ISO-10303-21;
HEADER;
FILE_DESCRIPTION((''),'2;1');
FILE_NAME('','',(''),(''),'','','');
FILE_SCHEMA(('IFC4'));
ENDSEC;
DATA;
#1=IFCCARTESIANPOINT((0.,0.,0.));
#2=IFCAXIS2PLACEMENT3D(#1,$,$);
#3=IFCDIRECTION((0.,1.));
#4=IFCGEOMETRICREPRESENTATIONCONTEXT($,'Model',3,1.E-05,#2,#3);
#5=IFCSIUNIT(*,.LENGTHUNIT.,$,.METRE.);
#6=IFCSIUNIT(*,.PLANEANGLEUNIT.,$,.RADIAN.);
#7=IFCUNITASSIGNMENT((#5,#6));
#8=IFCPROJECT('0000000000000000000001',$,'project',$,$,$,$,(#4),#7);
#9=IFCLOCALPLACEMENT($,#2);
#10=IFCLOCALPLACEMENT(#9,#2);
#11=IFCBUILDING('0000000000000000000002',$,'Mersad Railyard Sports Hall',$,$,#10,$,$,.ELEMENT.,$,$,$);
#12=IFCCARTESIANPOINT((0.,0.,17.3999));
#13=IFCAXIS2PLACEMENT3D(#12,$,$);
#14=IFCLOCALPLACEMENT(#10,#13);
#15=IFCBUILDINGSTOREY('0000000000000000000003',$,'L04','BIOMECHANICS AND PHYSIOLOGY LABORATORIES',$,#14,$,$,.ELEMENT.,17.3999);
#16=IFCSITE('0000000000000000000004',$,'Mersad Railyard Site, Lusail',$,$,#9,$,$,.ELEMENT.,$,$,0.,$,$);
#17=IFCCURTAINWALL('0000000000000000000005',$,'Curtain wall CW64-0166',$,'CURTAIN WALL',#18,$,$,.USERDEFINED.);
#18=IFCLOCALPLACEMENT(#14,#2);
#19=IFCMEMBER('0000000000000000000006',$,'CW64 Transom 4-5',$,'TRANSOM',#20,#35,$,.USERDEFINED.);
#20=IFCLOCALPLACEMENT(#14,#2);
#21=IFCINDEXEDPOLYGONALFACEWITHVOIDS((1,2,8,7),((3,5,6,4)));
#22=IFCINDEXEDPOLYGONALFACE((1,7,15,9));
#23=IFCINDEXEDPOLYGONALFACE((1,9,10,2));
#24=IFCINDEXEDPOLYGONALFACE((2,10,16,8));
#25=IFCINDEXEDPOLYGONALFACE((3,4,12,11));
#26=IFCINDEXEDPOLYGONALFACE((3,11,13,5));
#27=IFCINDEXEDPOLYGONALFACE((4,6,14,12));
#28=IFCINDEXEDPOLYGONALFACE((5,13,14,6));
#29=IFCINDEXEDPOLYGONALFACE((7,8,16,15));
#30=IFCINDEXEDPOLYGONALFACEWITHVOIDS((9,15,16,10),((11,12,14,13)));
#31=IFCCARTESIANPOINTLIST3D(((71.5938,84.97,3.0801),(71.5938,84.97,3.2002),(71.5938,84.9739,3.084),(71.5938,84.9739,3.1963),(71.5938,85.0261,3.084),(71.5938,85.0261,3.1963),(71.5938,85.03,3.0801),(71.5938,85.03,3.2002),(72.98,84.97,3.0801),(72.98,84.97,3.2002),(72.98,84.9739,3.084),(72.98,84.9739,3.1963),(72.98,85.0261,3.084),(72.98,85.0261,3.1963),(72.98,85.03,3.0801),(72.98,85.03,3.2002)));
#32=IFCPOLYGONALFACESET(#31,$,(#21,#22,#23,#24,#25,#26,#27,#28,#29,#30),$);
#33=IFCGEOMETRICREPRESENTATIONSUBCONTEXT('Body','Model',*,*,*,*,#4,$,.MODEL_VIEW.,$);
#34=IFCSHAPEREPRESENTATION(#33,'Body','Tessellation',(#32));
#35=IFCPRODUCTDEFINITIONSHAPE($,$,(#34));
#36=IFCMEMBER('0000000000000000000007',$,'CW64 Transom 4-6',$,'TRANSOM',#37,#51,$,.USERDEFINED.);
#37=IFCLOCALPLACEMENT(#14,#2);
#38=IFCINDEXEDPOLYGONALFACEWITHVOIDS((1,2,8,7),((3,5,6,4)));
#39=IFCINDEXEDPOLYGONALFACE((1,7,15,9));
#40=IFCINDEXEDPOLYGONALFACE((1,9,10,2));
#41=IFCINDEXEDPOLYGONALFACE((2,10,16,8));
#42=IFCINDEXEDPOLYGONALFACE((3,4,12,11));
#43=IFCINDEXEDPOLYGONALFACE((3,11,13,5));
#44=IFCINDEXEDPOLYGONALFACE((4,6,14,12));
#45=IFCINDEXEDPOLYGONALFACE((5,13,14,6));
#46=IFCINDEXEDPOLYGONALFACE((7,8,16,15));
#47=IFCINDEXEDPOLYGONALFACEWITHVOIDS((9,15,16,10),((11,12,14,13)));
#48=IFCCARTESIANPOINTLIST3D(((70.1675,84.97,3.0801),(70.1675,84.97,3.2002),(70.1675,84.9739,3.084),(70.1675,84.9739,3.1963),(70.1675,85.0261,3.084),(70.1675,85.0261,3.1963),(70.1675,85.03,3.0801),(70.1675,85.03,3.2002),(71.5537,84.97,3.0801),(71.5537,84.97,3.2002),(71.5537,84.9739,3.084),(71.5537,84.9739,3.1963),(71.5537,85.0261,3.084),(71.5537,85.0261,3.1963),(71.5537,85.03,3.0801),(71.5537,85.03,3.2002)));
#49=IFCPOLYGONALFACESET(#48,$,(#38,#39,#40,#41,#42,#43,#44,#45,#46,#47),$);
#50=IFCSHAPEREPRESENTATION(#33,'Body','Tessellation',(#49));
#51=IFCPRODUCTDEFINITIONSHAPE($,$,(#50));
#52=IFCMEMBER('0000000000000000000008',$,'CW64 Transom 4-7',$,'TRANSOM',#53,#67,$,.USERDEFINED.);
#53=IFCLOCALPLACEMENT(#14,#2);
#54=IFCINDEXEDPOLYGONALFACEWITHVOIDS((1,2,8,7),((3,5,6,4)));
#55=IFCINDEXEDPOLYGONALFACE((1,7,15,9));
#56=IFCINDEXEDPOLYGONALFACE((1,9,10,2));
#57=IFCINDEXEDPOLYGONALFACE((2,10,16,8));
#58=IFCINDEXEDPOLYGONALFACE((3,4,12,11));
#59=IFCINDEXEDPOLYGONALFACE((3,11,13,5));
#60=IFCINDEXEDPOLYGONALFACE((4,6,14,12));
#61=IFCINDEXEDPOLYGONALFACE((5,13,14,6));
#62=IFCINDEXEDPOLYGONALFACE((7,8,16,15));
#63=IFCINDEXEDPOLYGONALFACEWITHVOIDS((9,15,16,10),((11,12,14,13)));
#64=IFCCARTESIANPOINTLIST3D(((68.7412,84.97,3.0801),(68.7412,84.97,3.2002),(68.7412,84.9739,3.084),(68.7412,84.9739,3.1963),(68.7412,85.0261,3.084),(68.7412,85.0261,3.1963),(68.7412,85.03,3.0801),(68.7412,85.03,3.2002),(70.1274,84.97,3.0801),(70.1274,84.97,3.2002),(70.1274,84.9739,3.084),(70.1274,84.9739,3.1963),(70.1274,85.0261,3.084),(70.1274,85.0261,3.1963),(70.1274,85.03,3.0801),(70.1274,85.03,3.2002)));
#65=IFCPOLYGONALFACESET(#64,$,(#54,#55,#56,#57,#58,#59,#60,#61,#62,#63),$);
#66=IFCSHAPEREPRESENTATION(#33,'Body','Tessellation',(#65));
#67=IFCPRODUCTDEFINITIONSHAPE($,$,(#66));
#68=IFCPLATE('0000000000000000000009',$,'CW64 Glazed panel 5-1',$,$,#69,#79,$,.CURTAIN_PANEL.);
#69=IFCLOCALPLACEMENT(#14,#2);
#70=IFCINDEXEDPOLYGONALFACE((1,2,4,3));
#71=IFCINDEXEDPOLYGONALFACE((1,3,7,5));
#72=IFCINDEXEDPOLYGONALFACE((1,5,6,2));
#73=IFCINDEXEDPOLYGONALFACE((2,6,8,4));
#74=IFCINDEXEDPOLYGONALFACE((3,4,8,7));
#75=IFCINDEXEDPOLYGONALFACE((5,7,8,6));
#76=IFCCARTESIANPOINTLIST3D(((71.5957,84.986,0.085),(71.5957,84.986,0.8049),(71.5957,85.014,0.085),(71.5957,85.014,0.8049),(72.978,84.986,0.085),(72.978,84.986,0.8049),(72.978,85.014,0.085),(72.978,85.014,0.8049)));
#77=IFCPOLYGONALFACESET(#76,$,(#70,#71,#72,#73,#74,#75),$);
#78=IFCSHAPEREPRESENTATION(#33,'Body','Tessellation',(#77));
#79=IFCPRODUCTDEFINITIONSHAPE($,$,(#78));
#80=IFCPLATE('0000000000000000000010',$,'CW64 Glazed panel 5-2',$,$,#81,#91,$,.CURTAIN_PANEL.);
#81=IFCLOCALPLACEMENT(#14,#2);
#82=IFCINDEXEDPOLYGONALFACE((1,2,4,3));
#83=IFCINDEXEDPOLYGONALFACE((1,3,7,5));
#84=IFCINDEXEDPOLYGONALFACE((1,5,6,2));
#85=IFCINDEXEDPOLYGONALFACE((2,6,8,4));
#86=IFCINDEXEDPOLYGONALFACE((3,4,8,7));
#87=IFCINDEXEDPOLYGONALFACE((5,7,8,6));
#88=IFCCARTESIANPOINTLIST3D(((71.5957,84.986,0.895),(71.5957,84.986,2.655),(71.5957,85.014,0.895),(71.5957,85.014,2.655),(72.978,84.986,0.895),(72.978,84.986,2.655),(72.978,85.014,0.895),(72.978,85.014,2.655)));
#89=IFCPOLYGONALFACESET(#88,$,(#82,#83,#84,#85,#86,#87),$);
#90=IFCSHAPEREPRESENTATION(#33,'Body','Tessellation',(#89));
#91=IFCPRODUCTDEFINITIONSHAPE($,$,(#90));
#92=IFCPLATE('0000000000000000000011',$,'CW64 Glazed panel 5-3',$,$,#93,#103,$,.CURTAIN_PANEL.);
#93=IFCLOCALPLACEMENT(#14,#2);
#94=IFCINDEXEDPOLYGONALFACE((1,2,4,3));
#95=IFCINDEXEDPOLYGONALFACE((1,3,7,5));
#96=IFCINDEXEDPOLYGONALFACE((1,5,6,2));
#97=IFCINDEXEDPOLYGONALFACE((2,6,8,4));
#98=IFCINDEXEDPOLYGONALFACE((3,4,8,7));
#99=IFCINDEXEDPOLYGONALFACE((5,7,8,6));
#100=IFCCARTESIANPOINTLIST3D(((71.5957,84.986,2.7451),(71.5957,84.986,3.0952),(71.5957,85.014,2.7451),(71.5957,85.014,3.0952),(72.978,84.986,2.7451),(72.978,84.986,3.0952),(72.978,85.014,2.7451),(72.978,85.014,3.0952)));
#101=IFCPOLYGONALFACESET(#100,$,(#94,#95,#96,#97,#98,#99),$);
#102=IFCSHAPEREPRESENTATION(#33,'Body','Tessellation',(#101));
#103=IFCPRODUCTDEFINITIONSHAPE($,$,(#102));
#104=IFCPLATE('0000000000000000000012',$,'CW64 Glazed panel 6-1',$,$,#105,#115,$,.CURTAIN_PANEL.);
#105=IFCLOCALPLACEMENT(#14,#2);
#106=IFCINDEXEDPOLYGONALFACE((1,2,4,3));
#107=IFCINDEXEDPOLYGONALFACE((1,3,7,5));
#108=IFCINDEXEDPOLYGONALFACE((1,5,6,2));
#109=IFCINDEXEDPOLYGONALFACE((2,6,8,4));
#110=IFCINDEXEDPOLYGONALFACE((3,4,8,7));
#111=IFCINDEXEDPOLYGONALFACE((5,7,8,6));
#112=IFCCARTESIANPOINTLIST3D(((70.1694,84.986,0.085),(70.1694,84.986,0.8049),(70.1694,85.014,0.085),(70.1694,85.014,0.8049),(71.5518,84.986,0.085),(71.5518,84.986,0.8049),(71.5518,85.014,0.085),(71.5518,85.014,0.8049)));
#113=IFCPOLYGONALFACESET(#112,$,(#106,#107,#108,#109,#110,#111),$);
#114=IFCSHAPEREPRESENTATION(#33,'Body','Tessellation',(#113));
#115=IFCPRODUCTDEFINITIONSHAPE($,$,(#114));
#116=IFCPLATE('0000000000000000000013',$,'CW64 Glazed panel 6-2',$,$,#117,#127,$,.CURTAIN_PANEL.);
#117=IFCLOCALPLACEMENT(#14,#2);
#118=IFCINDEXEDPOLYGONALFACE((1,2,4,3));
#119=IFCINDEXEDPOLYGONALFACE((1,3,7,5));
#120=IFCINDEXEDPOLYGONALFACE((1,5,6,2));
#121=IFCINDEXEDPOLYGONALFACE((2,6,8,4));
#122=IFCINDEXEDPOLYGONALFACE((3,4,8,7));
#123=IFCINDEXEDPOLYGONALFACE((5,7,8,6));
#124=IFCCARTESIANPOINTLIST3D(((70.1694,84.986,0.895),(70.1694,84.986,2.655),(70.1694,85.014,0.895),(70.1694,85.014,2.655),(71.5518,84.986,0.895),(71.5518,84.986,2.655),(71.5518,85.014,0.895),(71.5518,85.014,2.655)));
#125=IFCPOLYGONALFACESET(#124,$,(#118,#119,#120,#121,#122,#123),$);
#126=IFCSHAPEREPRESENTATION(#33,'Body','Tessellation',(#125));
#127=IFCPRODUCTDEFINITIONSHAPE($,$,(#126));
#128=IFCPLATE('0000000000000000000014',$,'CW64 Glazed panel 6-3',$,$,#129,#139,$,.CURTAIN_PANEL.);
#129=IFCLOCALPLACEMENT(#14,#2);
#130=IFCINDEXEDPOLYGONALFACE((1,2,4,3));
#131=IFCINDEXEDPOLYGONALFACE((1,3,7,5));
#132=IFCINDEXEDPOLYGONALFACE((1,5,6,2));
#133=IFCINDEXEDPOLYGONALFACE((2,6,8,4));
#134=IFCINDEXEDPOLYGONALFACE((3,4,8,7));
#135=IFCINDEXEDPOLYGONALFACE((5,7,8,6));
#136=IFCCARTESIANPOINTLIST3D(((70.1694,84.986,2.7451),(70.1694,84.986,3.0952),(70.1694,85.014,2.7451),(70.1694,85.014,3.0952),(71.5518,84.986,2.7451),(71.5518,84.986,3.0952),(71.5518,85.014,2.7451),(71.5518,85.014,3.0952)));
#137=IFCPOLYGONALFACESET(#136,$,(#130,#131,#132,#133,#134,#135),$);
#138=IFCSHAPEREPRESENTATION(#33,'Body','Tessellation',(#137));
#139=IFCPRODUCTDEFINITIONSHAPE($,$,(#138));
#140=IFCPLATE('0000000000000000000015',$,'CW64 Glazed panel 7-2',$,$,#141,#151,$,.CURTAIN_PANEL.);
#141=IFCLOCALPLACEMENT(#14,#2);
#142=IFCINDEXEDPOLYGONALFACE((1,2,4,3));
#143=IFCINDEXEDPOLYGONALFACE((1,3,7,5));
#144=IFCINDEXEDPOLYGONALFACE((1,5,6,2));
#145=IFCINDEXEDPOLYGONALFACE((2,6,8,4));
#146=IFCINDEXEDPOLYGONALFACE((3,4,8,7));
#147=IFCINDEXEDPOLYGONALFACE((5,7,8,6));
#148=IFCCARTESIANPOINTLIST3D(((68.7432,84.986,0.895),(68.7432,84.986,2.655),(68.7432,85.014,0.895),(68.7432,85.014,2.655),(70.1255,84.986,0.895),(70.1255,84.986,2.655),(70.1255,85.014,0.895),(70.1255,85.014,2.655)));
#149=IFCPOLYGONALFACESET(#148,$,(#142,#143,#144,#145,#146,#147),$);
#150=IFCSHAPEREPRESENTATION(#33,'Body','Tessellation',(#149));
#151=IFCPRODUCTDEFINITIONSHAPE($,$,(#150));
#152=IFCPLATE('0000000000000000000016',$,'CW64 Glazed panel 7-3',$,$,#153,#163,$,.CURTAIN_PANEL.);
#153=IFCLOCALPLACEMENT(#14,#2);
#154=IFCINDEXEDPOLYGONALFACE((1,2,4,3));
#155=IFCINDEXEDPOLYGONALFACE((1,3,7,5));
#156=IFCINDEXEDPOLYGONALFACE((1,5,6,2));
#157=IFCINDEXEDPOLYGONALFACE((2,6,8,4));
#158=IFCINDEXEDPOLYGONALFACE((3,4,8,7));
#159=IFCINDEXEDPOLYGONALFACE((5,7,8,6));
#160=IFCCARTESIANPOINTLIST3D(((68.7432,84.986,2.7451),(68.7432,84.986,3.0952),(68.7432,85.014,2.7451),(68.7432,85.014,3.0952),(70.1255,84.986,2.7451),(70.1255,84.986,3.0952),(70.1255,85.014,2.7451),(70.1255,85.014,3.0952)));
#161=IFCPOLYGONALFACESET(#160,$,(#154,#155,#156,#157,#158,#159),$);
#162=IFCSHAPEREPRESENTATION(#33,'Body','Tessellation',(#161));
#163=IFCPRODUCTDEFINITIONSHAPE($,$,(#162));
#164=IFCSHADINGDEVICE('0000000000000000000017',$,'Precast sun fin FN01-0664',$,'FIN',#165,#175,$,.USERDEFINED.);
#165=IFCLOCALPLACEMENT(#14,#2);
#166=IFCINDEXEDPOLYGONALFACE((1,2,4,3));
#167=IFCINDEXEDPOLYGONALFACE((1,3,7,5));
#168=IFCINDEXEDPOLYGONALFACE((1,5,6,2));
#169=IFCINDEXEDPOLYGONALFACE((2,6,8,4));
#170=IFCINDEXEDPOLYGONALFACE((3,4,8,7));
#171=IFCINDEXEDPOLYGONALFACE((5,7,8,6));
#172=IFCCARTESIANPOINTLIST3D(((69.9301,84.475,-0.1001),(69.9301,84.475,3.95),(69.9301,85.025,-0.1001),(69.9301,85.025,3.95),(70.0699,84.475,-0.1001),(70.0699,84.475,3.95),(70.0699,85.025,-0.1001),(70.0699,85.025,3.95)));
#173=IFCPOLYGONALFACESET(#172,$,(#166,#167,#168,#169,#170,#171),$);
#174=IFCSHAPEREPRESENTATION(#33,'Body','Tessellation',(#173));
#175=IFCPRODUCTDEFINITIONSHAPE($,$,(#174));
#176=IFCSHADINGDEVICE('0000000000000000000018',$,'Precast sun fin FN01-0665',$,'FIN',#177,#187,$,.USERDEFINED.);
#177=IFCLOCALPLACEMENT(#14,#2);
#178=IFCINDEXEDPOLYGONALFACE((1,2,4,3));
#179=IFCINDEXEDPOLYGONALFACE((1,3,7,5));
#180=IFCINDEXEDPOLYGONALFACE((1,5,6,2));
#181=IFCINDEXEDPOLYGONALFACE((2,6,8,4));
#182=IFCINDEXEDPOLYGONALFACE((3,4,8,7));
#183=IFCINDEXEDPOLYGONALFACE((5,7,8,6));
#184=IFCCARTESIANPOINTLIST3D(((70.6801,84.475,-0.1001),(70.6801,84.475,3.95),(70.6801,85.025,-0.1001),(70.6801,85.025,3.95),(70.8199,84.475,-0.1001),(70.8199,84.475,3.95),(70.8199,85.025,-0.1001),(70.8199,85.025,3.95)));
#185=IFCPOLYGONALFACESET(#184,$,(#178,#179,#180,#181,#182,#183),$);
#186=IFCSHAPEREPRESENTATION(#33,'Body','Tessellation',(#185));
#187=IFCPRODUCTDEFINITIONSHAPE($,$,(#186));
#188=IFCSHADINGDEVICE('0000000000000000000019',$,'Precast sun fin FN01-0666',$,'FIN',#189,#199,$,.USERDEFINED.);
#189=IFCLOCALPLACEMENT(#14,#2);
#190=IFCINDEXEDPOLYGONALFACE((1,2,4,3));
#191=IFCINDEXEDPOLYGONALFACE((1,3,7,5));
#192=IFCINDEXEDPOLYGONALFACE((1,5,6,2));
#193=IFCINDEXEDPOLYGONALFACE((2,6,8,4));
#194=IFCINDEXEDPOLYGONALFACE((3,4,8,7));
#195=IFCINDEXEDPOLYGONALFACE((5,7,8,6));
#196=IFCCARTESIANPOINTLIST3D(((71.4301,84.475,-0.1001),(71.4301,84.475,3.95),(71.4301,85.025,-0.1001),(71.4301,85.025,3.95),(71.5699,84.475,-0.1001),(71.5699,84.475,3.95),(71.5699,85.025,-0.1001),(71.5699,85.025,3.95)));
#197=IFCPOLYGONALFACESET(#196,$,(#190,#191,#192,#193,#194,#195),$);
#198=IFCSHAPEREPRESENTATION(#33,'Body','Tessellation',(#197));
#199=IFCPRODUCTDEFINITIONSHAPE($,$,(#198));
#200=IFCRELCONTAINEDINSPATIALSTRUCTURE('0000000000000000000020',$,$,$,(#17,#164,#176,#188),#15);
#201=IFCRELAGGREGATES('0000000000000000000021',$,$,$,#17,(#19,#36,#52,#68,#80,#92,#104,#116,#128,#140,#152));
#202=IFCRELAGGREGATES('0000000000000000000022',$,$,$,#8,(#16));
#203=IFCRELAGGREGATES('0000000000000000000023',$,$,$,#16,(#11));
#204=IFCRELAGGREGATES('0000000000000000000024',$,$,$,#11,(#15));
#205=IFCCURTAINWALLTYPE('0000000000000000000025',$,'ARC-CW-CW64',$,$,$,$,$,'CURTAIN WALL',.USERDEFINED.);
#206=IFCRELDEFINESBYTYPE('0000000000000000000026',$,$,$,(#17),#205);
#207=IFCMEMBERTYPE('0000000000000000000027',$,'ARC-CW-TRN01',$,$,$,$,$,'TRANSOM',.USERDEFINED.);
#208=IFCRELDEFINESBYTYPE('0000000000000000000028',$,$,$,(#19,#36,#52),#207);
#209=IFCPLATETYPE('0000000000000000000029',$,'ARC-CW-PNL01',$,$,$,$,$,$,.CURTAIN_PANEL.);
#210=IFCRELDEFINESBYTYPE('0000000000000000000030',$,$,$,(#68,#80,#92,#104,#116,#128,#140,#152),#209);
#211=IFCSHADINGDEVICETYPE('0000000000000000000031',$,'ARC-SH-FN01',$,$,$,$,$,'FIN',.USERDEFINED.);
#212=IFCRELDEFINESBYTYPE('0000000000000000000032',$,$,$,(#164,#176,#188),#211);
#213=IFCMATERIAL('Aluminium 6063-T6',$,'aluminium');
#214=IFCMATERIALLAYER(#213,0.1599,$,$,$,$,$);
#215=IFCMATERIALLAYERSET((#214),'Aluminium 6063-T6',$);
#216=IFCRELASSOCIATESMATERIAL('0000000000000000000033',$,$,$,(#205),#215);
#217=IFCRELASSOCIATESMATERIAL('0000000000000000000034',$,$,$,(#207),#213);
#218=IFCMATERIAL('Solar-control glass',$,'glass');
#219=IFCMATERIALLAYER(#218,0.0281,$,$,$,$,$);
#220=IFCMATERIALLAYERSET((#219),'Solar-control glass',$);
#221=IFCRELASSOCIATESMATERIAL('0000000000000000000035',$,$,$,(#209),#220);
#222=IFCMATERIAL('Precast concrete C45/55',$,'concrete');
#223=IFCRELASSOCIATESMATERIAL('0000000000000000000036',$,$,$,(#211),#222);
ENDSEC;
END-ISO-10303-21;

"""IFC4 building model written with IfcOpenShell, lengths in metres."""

from ifc_helpers import new_model, si_unit, direction, frame, origin, origin_2d, place, context, subcontext, project, spatial, rectangle, hollow_rectangle, extrude, material, layer, layer_set, material_profile, profile_set, type_object, element, aggregate, save


model = new_model("IFC4")

# Units and contexts
model_context = context("Model", 3, precision=1e-05, world=origin(), true_north=direction((0.0, 1.0)))
body_context = subcontext(model_context, "Body", "Model", "MODEL_VIEW")
ifc_project = project(units=[si_unit("LENGTHUNIT", "METRE"), si_unit("PLANEANGLEUNIT", "RADIAN")], contexts=[model_context])

# Site, building, storey
site_placement = place(None, origin())
site = spatial("IfcSite", under=ifc_project, at=site_placement, Name="Mersad Railyard Site, Lusail", CompositionType="ELEMENT", RefElevation=0.0)
building_placement = place(site_placement, origin())
building = spatial("IfcBuilding", under=site, at=building_placement, Name="Mersad Railyard Sports Hall", CompositionType="ELEMENT")
storey_placement = place(building_placement, frame((0.0, 0.0, 17.3999)))
storey = spatial("IfcBuildingStorey", under=building, at=storey_placement, Name="L04", Description="BIOMECHANICS AND PHYSIOLOGY LABORATORIES", CompositionType="ELEMENT", Elevation=17.3999)

# Curtain wall, members, plates
ifc_material_1 = material(Name="Aluminium 6063-T6", Category="aluminium")
ifc_layer_1 = layer(ifc_material_1, 0.1599)
ifc_layer_set_1 = layer_set([ifc_layer_1], Name="Aluminium 6063-T6")
curtain_wall_type = type_object("IfcCurtainWallType", Name="ARC-CW-CW64", ElementType="CURTAIN WALL", PredefinedType="USERDEFINED", material=ifc_layer_set_1)
curtain_wall_placement = place(storey_placement, origin())
curtain_wall = element("IfcCurtainWall", 1, at=curtain_wall_placement, inside=storey, type_object=curtain_wall_type, Name="Curtain wall CW64-0166", ObjectType="CURTAIN WALL", PredefinedType="USERDEFINED")
ifc_material_profile_1 = material_profile(ifc_material_1, hollow_rectangle(XDim=0.0601, YDim=0.1201, WallThickness=0.0039, at=origin_2d()), Name="AL TRANSOM 60x120x4")
ifc_profile_set_1 = profile_set([ifc_material_profile_1], Name="Aluminium 6063-T6")
member_type_1 = type_object("IfcMemberType", Name="ARC-CW-TRN01", ElementType="TRANSOM", PredefinedType="USERDEFINED", material=ifc_profile_set_1)
member_1_placement = place(storey_placement, frame((72.98, 85.0, 3.1401), z_axis=(-1.0, 0.0, 0.0), x_axis=(0.0, -1.0, 0.0)))
member_1 = element("IfcMember", 2, at=member_1_placement, type_object=member_type_1, Name="CW64 Transom 4-5", ObjectType="TRANSOM", PredefinedType="USERDEFINED", context=body_context, shape_type="SweptSolid", body=[
    extrude(hollow_rectangle(XDim=0.0601, YDim=0.1201, WallThickness=0.0039, at=origin_2d()), origin(), (0.0, 0.0, 1.0), 1.3862),
])
member_2_placement = place(storey_placement, frame((71.5537, 85.0, 3.1401), z_axis=(-1.0, 0.0, 0.0), x_axis=(0.0, -1.0, 0.0)))
member_2 = element("IfcMember", 3, at=member_2_placement, type_object=member_type_1, Name="CW64 Transom 4-6", ObjectType="TRANSOM", PredefinedType="USERDEFINED", context=body_context, shape_type="SweptSolid", body=[
    extrude(hollow_rectangle(XDim=0.0601, YDim=0.1201, WallThickness=0.0039, at=origin_2d()), origin(), (0.0, 0.0, 1.0), 1.3862),
])
member_3_placement = place(storey_placement, frame((70.1274, 85.0, 3.1401), z_axis=(-1.0, 0.0, 0.0), x_axis=(0.0, -1.0, 0.0)))
member_3 = element("IfcMember", 4, at=member_3_placement, type_object=member_type_1, Name="CW64 Transom 4-7", ObjectType="TRANSOM", PredefinedType="USERDEFINED", context=body_context, shape_type="SweptSolid", body=[
    extrude(hollow_rectangle(XDim=0.0601, YDim=0.1201, WallThickness=0.0039, at=origin_2d()), origin(), (0.0, 0.0, 1.0), 1.3862),
])
ifc_material_2 = material(Name="Solar-control glass", Category="glass")
ifc_layer_2 = layer(ifc_material_2, 0.0281)
ifc_layer_set_2 = layer_set([ifc_layer_2], Name="Solar-control glass")
plate_type = type_object("IfcPlateType", Name="ARC-CW-PNL01", PredefinedType="CURTAIN_PANEL", material=ifc_layer_set_2)
plate_1_placement = place(storey_placement, frame((72.2869, 85.0, 0.085), z_axis=(0.0, 0.0, 1.0), x_axis=(-1.0, 0.0, 0.0)))
plate_1 = element("IfcPlate", 5, at=plate_1_placement, type_object=plate_type, Name="CW64 Glazed panel 5-1", PredefinedType="CURTAIN_PANEL", context=body_context, shape_type="SweptSolid", body=[
    extrude(rectangle(XDim=1.3823, YDim=0.0281, at=origin_2d()), origin(), (0.0, 0.0, 1.0), 0.72),
])
plate_2_placement = place(storey_placement, frame((72.2869, 85.0, 0.895), z_axis=(0.0, 0.0, 1.0), x_axis=(-1.0, 0.0, 0.0)))
plate_2 = element("IfcPlate", 6, at=plate_2_placement, type_object=plate_type, Name="CW64 Glazed panel 5-2", PredefinedType="CURTAIN_PANEL", context=body_context, shape_type="SweptSolid", body=[
    extrude(rectangle(XDim=1.3823, YDim=0.0281, at=origin_2d()), origin(), (0.0, 0.0, 1.0), 1.76),
])
plate_3_placement = place(storey_placement, frame((72.2869, 85.0, 2.7451), z_axis=(0.0, 0.0, 1.0), x_axis=(-1.0, 0.0, 0.0)))
plate_3 = element("IfcPlate", 7, at=plate_3_placement, type_object=plate_type, Name="CW64 Glazed panel 5-3", PredefinedType="CURTAIN_PANEL", context=body_context, shape_type="SweptSolid", body=[
    extrude(rectangle(XDim=1.3823, YDim=0.0281, at=origin_2d()), origin(), (0.0, 0.0, 1.0), 0.3501),
])
plate_4_placement = place(storey_placement, frame((70.8606, 85.0, 0.085), z_axis=(0.0, 0.0, 1.0), x_axis=(-1.0, 0.0, 0.0)))
plate_4 = element("IfcPlate", 8, at=plate_4_placement, type_object=plate_type, Name="CW64 Glazed panel 6-1", PredefinedType="CURTAIN_PANEL", context=body_context, shape_type="SweptSolid", body=[
    extrude(rectangle(XDim=1.3823, YDim=0.0281, at=origin_2d()), origin(), (0.0, 0.0, 1.0), 0.72),
])
plate_5_placement = place(storey_placement, frame((70.8606, 85.0, 0.895), z_axis=(0.0, 0.0, 1.0), x_axis=(-1.0, 0.0, 0.0)))
plate_5 = element("IfcPlate", 9, at=plate_5_placement, type_object=plate_type, Name="CW64 Glazed panel 6-2", PredefinedType="CURTAIN_PANEL", context=body_context, shape_type="SweptSolid", body=[
    extrude(rectangle(XDim=1.3823, YDim=0.0281, at=origin_2d()), origin(), (0.0, 0.0, 1.0), 1.76),
])
plate_6_placement = place(storey_placement, frame((70.8606, 85.0, 2.7451), z_axis=(0.0, 0.0, 1.0), x_axis=(-1.0, 0.0, 0.0)))
plate_6 = element("IfcPlate", 10, at=plate_6_placement, type_object=plate_type, Name="CW64 Glazed panel 6-3", PredefinedType="CURTAIN_PANEL", context=body_context, shape_type="SweptSolid", body=[
    extrude(rectangle(XDim=1.3823, YDim=0.0281, at=origin_2d()), origin(), (0.0, 0.0, 1.0), 0.3501),
])
plate_7_placement = place(storey_placement, frame((69.4343, 85.0, 0.895), z_axis=(0.0, 0.0, 1.0), x_axis=(-1.0, 0.0, 0.0)))
plate_7 = element("IfcPlate", 11, at=plate_7_placement, type_object=plate_type, Name="CW64 Glazed panel 7-2", PredefinedType="CURTAIN_PANEL", context=body_context, shape_type="SweptSolid", body=[
    extrude(rectangle(XDim=1.3823, YDim=0.0281, at=origin_2d()), origin(), (0.0, 0.0, 1.0), 1.76),
])
plate_8_placement = place(storey_placement, frame((69.4343, 85.0, 2.7451), z_axis=(0.0, 0.0, 1.0), x_axis=(-1.0, 0.0, 0.0)))
plate_8 = element("IfcPlate", 12, at=plate_8_placement, type_object=plate_type, Name="CW64 Glazed panel 7-3", PredefinedType="CURTAIN_PANEL", context=body_context, shape_type="SweptSolid", body=[
    extrude(rectangle(XDim=1.3823, YDim=0.0281, at=origin_2d()), origin(), (0.0, 0.0, 1.0), 0.3501),
])
aggregate(curtain_wall, [member_1, member_2, member_3, plate_1, plate_2, plate_3, plate_4, plate_5, plate_6, plate_7, plate_8])

# Shading devices
ifc_material_3 = material(Name="Precast concrete C45/55", Category="concrete")
shading_device_type = type_object("IfcShadingDeviceType", Name="ARC-SH-FN01", ElementType="FIN", PredefinedType="USERDEFINED", material=ifc_material_3)
for number, where, z_axis, x_axis, name in (
    (13, (70.0, 84.75, -0.1001), (0.0, 0.0, 1.0), (1.0, 0.0, 0.0), "Precast sun fin FN01-0664"),
    (14, (70.75, 84.75, -0.1001), (0.0, 0.0, 1.0), (1.0, 0.0, 0.0), "Precast sun fin FN01-0665"),
    (15, (71.5, 84.75, -0.1001), (0.0, 0.0, 1.0), (1.0, 0.0, 0.0), "Precast sun fin FN01-0666"),
):
    element("IfcShadingDevice", number, at=place(storey_placement, frame(where, z_axis=z_axis, x_axis=x_axis)), inside=storey, type_object=shading_device_type, Name=name, ObjectType="FIN", PredefinedType="USERDEFINED", context=body_context, shape_type="SweptSolid", body=[
        extrude(rectangle(XDim=0.1399, YDim=0.55, at=origin_2d()), origin(), (0.0, 0.0, 1.0), 4.05),
    ])

save(model, "model.ifc")
